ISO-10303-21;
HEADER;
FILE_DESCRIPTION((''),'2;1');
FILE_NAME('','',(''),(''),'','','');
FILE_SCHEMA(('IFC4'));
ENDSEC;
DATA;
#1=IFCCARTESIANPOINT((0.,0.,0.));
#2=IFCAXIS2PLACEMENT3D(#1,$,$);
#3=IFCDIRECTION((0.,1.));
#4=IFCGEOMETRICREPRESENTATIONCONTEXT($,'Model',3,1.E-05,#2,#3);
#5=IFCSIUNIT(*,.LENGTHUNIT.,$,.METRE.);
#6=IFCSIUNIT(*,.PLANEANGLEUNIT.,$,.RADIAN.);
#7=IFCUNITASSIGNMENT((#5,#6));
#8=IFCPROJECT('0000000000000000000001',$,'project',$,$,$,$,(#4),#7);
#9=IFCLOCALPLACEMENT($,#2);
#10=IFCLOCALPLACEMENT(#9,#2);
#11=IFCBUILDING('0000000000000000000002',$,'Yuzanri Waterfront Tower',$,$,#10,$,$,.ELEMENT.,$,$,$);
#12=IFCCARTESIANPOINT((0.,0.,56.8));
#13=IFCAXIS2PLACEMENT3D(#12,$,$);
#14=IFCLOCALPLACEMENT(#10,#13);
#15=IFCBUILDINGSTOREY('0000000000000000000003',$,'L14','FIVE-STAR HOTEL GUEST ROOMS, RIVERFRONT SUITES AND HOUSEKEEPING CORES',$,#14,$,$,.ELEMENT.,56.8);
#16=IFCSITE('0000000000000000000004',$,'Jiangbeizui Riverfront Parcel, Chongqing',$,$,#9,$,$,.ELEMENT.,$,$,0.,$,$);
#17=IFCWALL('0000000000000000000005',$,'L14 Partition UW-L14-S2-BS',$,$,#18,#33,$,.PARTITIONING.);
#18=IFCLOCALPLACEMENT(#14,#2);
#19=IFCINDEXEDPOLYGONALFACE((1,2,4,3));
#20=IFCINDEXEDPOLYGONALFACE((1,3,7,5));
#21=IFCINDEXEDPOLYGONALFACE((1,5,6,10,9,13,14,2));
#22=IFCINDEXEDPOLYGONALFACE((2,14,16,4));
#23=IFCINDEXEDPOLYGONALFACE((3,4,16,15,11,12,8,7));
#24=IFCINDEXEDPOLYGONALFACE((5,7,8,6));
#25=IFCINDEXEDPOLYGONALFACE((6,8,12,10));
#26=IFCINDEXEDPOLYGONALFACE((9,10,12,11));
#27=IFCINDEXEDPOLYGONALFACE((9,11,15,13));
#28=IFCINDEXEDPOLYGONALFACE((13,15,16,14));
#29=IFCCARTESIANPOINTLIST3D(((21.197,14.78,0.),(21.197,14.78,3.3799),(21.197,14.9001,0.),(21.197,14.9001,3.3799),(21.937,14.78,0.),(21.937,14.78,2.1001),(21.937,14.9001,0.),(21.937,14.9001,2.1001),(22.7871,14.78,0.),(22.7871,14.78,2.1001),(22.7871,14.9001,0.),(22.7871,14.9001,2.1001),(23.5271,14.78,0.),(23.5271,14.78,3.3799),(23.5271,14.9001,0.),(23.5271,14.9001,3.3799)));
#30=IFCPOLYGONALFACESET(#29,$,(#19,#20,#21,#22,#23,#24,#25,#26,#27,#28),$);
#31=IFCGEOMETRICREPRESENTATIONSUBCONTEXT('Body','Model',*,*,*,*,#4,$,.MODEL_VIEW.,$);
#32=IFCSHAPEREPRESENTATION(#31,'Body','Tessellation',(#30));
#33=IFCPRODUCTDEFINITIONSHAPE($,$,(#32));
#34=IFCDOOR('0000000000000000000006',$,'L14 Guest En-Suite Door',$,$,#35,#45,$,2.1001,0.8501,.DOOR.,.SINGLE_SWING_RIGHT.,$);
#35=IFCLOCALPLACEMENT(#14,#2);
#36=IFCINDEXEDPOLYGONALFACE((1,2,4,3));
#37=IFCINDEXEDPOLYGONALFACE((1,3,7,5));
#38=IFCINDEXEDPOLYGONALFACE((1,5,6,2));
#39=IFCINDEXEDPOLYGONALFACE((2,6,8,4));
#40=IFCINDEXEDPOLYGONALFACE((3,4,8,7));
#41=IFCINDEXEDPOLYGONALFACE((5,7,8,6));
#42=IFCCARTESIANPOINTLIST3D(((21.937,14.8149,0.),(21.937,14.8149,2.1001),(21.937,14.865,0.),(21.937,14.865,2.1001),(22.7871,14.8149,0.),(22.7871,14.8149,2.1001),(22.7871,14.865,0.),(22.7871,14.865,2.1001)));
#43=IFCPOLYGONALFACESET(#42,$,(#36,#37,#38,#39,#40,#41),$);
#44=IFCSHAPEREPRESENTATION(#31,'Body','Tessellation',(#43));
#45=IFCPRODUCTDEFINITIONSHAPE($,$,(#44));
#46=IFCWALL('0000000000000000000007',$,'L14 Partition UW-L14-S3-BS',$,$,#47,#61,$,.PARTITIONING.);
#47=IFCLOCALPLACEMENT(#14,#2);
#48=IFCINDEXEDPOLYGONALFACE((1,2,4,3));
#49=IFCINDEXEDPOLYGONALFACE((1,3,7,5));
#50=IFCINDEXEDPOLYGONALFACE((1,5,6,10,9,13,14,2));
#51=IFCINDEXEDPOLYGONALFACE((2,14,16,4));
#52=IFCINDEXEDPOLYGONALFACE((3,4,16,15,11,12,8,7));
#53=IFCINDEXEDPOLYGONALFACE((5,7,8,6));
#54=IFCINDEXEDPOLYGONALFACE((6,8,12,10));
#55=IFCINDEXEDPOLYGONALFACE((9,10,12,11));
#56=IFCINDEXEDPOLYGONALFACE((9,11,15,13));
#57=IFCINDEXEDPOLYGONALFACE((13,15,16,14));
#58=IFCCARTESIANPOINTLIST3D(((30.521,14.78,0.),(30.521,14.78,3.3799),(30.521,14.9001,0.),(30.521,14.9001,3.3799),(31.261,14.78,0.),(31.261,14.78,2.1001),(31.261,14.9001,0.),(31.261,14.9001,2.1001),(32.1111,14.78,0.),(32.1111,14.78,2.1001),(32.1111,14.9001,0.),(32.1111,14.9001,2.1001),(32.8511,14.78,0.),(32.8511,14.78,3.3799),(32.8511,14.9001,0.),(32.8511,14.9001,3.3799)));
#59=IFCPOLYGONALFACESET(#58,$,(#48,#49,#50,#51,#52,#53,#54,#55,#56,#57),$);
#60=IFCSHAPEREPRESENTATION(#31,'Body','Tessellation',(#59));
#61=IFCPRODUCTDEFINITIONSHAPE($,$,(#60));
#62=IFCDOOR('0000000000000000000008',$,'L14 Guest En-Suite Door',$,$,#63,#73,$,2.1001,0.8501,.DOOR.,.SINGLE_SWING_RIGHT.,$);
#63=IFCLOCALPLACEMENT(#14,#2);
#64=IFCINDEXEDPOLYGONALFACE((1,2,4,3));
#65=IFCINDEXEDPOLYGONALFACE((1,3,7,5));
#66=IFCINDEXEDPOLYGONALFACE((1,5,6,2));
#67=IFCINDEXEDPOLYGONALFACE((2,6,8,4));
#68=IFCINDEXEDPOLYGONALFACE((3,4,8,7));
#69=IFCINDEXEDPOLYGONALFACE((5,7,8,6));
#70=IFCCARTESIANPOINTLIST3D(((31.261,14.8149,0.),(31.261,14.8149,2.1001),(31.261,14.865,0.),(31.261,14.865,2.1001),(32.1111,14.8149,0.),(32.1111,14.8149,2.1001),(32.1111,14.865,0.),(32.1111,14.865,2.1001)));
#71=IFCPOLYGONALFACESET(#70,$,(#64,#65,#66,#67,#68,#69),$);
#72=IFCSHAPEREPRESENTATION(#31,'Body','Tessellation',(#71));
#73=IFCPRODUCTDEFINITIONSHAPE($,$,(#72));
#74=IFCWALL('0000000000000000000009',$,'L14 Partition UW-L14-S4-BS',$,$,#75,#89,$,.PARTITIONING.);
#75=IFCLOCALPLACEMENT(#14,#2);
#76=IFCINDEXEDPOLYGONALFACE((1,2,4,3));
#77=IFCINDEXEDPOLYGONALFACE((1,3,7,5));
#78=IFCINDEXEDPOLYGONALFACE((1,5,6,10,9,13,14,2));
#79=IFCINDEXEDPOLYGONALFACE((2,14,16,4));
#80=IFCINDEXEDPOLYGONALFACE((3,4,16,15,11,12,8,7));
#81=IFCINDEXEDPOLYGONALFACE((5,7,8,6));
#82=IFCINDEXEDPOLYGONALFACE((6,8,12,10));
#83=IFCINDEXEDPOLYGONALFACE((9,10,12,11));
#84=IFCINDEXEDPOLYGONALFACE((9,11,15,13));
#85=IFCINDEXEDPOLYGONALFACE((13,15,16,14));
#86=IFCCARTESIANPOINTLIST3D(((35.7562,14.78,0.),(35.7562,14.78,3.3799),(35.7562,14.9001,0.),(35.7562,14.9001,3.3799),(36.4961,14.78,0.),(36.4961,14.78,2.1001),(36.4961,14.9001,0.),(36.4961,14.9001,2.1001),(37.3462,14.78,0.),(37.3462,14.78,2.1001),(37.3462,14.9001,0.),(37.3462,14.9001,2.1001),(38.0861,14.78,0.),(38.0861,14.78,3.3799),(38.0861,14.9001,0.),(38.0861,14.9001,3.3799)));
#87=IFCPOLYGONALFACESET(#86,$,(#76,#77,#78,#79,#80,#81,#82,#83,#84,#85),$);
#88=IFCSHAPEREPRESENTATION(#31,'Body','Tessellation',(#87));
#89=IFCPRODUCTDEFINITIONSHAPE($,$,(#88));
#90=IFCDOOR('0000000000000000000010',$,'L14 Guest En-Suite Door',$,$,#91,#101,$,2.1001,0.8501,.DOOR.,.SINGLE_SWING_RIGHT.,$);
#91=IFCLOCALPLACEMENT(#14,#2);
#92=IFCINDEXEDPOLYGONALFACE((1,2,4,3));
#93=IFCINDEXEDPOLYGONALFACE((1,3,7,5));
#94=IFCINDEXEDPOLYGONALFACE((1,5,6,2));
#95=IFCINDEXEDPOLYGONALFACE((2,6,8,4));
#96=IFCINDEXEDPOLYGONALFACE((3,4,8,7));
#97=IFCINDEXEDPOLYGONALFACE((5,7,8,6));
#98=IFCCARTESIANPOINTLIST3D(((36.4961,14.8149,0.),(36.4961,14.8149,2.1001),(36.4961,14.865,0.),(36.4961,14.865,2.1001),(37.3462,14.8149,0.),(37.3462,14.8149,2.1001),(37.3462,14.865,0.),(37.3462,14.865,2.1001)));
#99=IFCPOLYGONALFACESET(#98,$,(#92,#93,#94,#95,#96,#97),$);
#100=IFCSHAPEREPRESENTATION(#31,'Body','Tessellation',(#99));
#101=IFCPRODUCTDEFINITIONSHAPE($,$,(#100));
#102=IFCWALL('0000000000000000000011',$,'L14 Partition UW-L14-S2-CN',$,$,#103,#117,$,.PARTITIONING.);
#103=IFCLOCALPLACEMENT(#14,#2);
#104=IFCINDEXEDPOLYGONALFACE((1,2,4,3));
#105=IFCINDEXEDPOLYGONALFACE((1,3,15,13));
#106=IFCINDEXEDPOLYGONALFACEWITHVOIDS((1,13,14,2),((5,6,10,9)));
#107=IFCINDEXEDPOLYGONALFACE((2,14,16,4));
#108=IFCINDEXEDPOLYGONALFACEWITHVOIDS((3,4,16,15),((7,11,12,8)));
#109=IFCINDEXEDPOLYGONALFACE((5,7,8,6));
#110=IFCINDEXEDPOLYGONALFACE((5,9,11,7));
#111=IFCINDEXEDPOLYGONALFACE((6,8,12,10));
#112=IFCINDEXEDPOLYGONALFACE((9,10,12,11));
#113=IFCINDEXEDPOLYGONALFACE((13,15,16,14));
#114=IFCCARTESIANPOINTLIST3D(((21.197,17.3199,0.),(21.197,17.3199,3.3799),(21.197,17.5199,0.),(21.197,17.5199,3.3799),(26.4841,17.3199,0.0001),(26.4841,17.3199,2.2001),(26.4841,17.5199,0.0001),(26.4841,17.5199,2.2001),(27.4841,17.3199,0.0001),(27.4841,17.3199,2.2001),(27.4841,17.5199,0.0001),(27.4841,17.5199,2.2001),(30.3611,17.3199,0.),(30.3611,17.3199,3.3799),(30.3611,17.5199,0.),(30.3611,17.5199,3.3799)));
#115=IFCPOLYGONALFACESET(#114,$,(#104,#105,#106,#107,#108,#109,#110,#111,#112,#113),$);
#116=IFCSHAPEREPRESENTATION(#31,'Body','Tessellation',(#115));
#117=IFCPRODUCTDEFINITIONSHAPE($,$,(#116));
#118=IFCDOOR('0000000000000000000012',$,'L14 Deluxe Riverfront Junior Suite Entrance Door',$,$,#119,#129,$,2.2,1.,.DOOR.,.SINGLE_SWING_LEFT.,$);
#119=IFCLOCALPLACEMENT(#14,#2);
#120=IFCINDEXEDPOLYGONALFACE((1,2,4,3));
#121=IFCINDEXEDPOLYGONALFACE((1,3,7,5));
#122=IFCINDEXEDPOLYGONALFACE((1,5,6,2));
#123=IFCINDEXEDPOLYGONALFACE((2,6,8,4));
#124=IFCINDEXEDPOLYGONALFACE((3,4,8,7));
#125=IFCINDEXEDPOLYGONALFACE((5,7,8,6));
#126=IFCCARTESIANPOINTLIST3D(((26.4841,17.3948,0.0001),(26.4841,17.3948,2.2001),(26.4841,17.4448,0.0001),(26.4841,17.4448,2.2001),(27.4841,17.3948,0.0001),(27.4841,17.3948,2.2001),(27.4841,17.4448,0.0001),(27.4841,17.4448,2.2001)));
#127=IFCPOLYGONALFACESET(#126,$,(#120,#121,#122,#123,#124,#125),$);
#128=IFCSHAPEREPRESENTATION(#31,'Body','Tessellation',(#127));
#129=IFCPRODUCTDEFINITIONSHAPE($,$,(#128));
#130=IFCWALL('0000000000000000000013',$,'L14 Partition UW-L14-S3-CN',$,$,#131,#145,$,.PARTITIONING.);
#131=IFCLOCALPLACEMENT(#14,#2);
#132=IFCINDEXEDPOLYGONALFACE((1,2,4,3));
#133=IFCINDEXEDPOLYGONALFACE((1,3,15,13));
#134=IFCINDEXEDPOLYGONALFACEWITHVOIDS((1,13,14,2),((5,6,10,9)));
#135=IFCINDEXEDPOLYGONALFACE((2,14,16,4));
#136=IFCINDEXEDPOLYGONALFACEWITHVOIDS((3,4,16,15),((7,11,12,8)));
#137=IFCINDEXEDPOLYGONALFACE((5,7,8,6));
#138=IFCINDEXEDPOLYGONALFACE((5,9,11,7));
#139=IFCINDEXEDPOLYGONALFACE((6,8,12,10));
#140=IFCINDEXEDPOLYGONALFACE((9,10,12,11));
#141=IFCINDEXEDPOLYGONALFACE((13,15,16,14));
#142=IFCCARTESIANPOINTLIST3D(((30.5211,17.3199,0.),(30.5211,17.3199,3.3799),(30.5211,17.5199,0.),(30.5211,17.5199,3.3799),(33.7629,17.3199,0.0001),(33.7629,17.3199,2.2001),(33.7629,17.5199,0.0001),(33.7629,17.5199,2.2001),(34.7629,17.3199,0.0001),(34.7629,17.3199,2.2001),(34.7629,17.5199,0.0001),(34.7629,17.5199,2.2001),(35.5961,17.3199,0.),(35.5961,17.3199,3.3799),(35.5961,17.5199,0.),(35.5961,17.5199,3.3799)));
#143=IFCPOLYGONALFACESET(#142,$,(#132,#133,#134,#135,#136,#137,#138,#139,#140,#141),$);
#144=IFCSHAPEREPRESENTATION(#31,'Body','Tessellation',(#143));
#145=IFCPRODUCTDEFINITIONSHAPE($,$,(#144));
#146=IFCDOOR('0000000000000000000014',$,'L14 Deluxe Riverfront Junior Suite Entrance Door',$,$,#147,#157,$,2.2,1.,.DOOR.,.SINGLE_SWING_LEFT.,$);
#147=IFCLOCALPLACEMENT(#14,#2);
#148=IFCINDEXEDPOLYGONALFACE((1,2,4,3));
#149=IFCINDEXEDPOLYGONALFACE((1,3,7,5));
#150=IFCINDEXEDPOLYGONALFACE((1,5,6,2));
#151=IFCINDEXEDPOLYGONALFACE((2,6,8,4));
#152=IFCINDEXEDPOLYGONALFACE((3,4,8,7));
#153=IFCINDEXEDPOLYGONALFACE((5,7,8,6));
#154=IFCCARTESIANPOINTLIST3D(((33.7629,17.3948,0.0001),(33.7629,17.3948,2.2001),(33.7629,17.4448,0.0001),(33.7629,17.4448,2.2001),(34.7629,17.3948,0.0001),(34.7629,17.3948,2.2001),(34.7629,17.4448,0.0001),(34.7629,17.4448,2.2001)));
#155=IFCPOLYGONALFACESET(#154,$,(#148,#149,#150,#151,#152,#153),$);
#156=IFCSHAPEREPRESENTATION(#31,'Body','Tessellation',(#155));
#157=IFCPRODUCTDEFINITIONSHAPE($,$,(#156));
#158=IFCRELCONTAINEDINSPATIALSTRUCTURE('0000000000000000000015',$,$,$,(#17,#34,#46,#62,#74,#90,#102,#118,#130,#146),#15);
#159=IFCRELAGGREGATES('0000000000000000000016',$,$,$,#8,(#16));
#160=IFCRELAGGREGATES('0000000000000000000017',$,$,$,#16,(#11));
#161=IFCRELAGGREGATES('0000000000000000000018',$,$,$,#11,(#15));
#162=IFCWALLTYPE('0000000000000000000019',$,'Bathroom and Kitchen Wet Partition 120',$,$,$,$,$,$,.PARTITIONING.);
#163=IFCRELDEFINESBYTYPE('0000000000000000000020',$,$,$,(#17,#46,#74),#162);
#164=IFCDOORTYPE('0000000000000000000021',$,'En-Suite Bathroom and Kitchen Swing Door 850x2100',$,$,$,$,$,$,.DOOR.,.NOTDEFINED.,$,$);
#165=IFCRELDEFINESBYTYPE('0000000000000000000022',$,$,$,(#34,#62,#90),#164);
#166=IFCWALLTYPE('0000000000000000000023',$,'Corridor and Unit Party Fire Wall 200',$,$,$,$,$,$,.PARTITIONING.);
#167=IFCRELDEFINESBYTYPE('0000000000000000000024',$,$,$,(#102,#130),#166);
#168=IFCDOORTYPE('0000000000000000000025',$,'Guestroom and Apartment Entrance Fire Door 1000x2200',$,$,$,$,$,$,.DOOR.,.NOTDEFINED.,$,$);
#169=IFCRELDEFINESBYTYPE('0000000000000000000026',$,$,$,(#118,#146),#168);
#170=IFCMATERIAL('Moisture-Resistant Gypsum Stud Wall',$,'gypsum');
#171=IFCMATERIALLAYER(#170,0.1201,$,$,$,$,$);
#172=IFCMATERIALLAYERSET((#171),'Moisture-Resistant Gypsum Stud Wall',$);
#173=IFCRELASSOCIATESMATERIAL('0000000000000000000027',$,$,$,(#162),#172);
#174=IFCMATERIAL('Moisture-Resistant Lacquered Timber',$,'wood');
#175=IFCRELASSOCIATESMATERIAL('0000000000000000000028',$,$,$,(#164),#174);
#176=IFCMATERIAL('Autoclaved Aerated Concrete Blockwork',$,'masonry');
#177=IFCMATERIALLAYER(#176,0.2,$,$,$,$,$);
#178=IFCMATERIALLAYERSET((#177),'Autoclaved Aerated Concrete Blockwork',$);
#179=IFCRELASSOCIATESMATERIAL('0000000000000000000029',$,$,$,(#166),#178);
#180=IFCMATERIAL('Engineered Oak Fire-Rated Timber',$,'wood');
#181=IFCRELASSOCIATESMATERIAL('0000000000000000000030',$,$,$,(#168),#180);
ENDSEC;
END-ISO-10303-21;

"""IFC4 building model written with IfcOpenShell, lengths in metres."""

from ifc_helpers import new_model, si_unit, direction, frame, frame_2d, origin, place, context, subcontext, project, spatial, rectangle, extrude, source, transform, mapped, material, layer, layer_set, type_object, element, fill, save


model = new_model("IFC4")

# Units and contexts
model_context = context("Model", 3, precision=1e-05, world=origin(), true_north=direction((0.0, 1.0)))
body_context = subcontext(model_context, "Body", "Model", "MODEL_VIEW")
ifc_project = project(units=[si_unit("LENGTHUNIT", "METRE"), si_unit("PLANEANGLEUNIT", "RADIAN")], contexts=[model_context])

# Site, building, storey
site_placement = place(None, origin())
site = spatial("IfcSite", under=ifc_project, at=site_placement, Name="Jiangbeizui Riverfront Parcel, Chongqing", CompositionType="ELEMENT", RefElevation=0.0)
building_placement = place(site_placement, origin())
building = spatial("IfcBuilding", under=site, at=building_placement, Name="Yuzanri Waterfront Tower", CompositionType="ELEMENT")
storey_placement = place(building_placement, frame((0.0, 0.0, 56.8)))
storey = spatial("IfcBuildingStorey", under=building, at=storey_placement, Name="L14", Description="FIVE-STAR HOTEL GUEST ROOMS, RIVERFRONT SUITES AND HOUSEKEEPING CORES", CompositionType="ELEMENT", Elevation=56.8)

# Walls, openings, doors
ifc_material_1 = material(Name="Moisture-Resistant Gypsum Stud Wall", Category="gypsum")
ifc_layer_1 = layer(ifc_material_1, 0.1201)
ifc_layer_set_1 = layer_set([ifc_layer_1], Name="Moisture-Resistant Gypsum Stud Wall")
wall_type_1 = type_object("IfcWallType", Name="Bathroom and Kitchen Wet Partition 120", PredefinedType="PARTITIONING", material=ifc_layer_set_1)
wall_1_placement = place(storey_placement, frame((21.197, 14.8401, 0.0), z_axis=(0.0, 0.0, 1.0), x_axis=(1.0, 0.0, 0.0)))
wall_1 = element("IfcWall", 1, at=wall_1_placement, inside=storey, type_object=wall_type_1, Name="L14 Partition UW-L14-S2-BS", PredefinedType="PARTITIONING", context=body_context, shape_type="SweptSolid", body=[
    extrude(rectangle(XDim=2.3301, YDim=0.1201, at=frame_2d((1.165, 0.0))), origin(), (0.0, 0.0, 1.0), 3.3799),
])
opening_1_placement = place(wall_1_placement, frame((0.74, 0.0, 0.0)))
opening_1 = element("IfcOpeningElement", 2, at=opening_1_placement, cuts=wall_1, PredefinedType="OPENING", context=body_context, shape_type="SweptSolid", body=[
    extrude(rectangle(XDim=0.8501, YDim=2.1001, at=frame_2d((0.425, 1.05))), frame((0.0, 0.075, 0.0), z_axis=(0.0, -1.0, 0.0), x_axis=(1.0, 0.0, 0.0)), (0.0, 0.0, 1.0), 0.1499),
])
ifc_material_2 = material(Name="Moisture-Resistant Lacquered Timber", Category="wood")
door_type_1 = type_object("IfcDoorType", Name="En-Suite Bathroom and Kitchen Swing Door 850x2100", OperationType="NOTDEFINED", PredefinedType="DOOR", material=ifc_material_2)
shared_shape_1 = source(origin(), body_context, "Body", "SweptSolid", [
    extrude(rectangle(XDim=0.8501, YDim=2.1001, at=frame_2d((0.425, 1.05))), frame((0.0, 0.0249, 0.0), z_axis=(0.0, -1.0, 0.0), x_axis=(1.0, 0.0, 0.0)), (0.0, 0.0, 1.0), 0.05),
])
door_1_placement = place(opening_1_placement, origin())
door_1 = element("IfcDoor", 3, at=door_1_placement, inside=storey, type_object=door_type_1, Name="L14 Guest En-Suite Door", OperationType="SINGLE_SWING_RIGHT", OverallHeight=2.1001, OverallWidth=0.8501, PredefinedType="DOOR", context=body_context, shape_type="MappedRepresentation", body=[
    mapped(shared_shape_1, transform((0.0, 0.0, 0.0), scale=1.0)),
])
fill(opening_1, door_1)
wall_2_placement = place(storey_placement, frame((30.521, 14.8401, 0.0), z_axis=(0.0, 0.0, 1.0), x_axis=(1.0, 0.0, 0.0)))
wall_2 = element("IfcWall", 4, at=wall_2_placement, inside=storey, type_object=wall_type_1, Name="L14 Partition UW-L14-S3-BS", PredefinedType="PARTITIONING", context=body_context, shape_type="SweptSolid", body=[
    extrude(rectangle(XDim=2.3301, YDim=0.1201, at=frame_2d((1.165, 0.0))), origin(), (0.0, 0.0, 1.0), 3.3799),
])
opening_2_placement = place(wall_2_placement, frame((0.74, 0.0, 0.0)))
opening_2 = element("IfcOpeningElement", 5, at=opening_2_placement, cuts=wall_2, PredefinedType="OPENING", context=body_context, shape_type="SweptSolid", body=[
    extrude(rectangle(XDim=0.8501, YDim=2.1001, at=frame_2d((0.425, 1.05))), frame((0.0, 0.075, 0.0), z_axis=(0.0, -1.0, 0.0), x_axis=(1.0, 0.0, 0.0)), (0.0, 0.0, 1.0), 0.1499),
])
door_2_placement = place(opening_2_placement, origin())
door_2 = element("IfcDoor", 6, at=door_2_placement, inside=storey, type_object=door_type_1, Name="L14 Guest En-Suite Door", OperationType="SINGLE_SWING_RIGHT", OverallHeight=2.1001, OverallWidth=0.8501, PredefinedType="DOOR", context=body_context, shape_type="MappedRepresentation", body=[
    mapped(shared_shape_1, transform((0.0, 0.0, 0.0), scale=1.0)),
])
fill(opening_2, door_2)
wall_3_placement = place(storey_placement, frame((35.7561, 14.8401, 0.0), z_axis=(0.0, 0.0, 1.0), x_axis=(1.0, 0.0, 0.0)))
wall_3 = element("IfcWall", 7, at=wall_3_placement, inside=storey, type_object=wall_type_1, Name="L14 Partition UW-L14-S4-BS", PredefinedType="PARTITIONING", context=body_context, shape_type="SweptSolid", body=[
    extrude(rectangle(XDim=2.3298, YDim=0.1201, at=frame_2d((1.165, 0.0))), origin(), (0.0, 0.0, 1.0), 3.3799),
])
opening_3_placement = place(wall_3_placement, frame((0.74, 0.0, 0.0)))
opening_3 = element("IfcOpeningElement", 8, at=opening_3_placement, cuts=wall_3, PredefinedType="OPENING", context=body_context, shape_type="SweptSolid", body=[
    extrude(rectangle(XDim=0.8501, YDim=2.1001, at=frame_2d((0.425, 1.05))), frame((0.0, 0.075, 0.0), z_axis=(0.0, -1.0, 0.0), x_axis=(1.0, 0.0, 0.0)), (0.0, 0.0, 1.0), 0.1499),
])
door_3_placement = place(opening_3_placement, origin())
door_3 = element("IfcDoor", 9, at=door_3_placement, inside=storey, type_object=door_type_1, Name="L14 Guest En-Suite Door", OperationType="SINGLE_SWING_RIGHT", OverallHeight=2.1001, OverallWidth=0.8501, PredefinedType="DOOR", context=body_context, shape_type="MappedRepresentation", body=[
    mapped(shared_shape_1, transform((0.0, 0.0, 0.0), scale=1.0)),
])
fill(opening_3, door_3)
ifc_material_3 = material(Name="Autoclaved Aerated Concrete Blockwork", Category="masonry")
ifc_layer_2 = layer(ifc_material_3, 0.2)
ifc_layer_set_2 = layer_set([ifc_layer_2], Name="Autoclaved Aerated Concrete Blockwork")
wall_type_2 = type_object("IfcWallType", Name="Corridor and Unit Party Fire Wall 200", PredefinedType="PARTITIONING", material=ifc_layer_set_2)
wall_4_placement = place(storey_placement, frame((21.197, 17.4199, 0.0), z_axis=(0.0, 0.0, 1.0), x_axis=(1.0, 0.0, 0.0)))
wall_4 = element("IfcWall", 10, at=wall_4_placement, inside=storey, type_object=wall_type_2, Name="L14 Partition UW-L14-S2-CN", PredefinedType="PARTITIONING", context=body_context, shape_type="SweptSolid", body=[
    extrude(rectangle(XDim=9.1641, YDim=0.2, at=frame_2d((4.582, 0.0))), origin(), (0.0, 0.0, 1.0), 3.3799),
])
opening_4_placement = place(wall_4_placement, frame((5.2871, 0.0, 0.0)))
opening_4 = element("IfcOpeningElement", 11, at=opening_4_placement, cuts=wall_4, PredefinedType="OPENING", context=body_context, shape_type="SweptSolid", body=[
    extrude(rectangle(XDim=1.0, YDim=2.2, at=frame_2d((0.5, 1.1001))), frame((0.0, 0.1147, 0.0), z_axis=(0.0, -1.0, 0.0), x_axis=(1.0, 0.0, 0.0)), (0.0, 0.0, 1.0), 0.2297),
])
ifc_material_4 = material(Name="Engineered Oak Fire-Rated Timber", Category="wood")
door_type_2 = type_object("IfcDoorType", Name="Guestroom and Apartment Entrance Fire Door 1000x2200", OperationType="NOTDEFINED", PredefinedType="DOOR", material=ifc_material_4)
shared_shape_2 = source(origin(), body_context, "Body", "SweptSolid", [
    extrude(rectangle(XDim=1.0, YDim=2.2, at=frame_2d((0.5, 1.1001))), frame((0.0, 0.0249, 0.0), z_axis=(0.0, -1.0, 0.0), x_axis=(1.0, 0.0, 0.0)), (0.0, 0.0, 1.0), 0.05),
])
door_4_placement = place(opening_4_placement, origin())
door_4 = element("IfcDoor", 12, at=door_4_placement, inside=storey, type_object=door_type_2, Name="L14 Deluxe Riverfront Junior Suite Entrance Door", OperationType="SINGLE_SWING_LEFT", OverallHeight=2.2, OverallWidth=1.0, PredefinedType="DOOR", context=body_context, shape_type="MappedRepresentation", body=[
    mapped(shared_shape_2, transform((0.0, 0.0, 0.0), scale=1.0)),
])
fill(opening_4, door_4)
wall_5_placement = place(storey_placement, frame((30.521, 17.4199, 0.0), z_axis=(0.0, 0.0, 1.0), x_axis=(1.0, 0.0, 0.0)))
wall_5 = element("IfcWall", 13, at=wall_5_placement, inside=storey, type_object=wall_type_2, Name="L14 Partition UW-L14-S3-CN", PredefinedType="PARTITIONING", context=body_context, shape_type="SweptSolid", body=[
    extrude(rectangle(XDim=5.075, YDim=0.2, at=frame_2d((2.5376, 0.0))), origin(), (0.0, 0.0, 1.0), 3.3799),
])
opening_5_placement = place(wall_5_placement, frame((3.2419, 0.0, 0.0)))
opening_5 = element("IfcOpeningElement", 14, at=opening_5_placement, cuts=wall_5, PredefinedType="OPENING", context=body_context, shape_type="SweptSolid", body=[
    extrude(rectangle(XDim=1.0, YDim=2.2, at=frame_2d((0.5, 1.1001))), frame((0.0, 0.1147, 0.0), z_axis=(0.0, -1.0, 0.0), x_axis=(1.0, 0.0, 0.0)), (0.0, 0.0, 1.0), 0.2297),
])
door_5_placement = place(opening_5_placement, origin())
door_5 = element("IfcDoor", 15, at=door_5_placement, inside=storey, type_object=door_type_2, Name="L14 Deluxe Riverfront Junior Suite Entrance Door", OperationType="SINGLE_SWING_LEFT", OverallHeight=2.2, OverallWidth=1.0, PredefinedType="DOOR", context=body_context, shape_type="MappedRepresentation", body=[
    mapped(shared_shape_2, transform((0.0, 0.0, 0.0), scale=1.0)),
])
fill(opening_5, door_5)

save(model, "model.ifc")
